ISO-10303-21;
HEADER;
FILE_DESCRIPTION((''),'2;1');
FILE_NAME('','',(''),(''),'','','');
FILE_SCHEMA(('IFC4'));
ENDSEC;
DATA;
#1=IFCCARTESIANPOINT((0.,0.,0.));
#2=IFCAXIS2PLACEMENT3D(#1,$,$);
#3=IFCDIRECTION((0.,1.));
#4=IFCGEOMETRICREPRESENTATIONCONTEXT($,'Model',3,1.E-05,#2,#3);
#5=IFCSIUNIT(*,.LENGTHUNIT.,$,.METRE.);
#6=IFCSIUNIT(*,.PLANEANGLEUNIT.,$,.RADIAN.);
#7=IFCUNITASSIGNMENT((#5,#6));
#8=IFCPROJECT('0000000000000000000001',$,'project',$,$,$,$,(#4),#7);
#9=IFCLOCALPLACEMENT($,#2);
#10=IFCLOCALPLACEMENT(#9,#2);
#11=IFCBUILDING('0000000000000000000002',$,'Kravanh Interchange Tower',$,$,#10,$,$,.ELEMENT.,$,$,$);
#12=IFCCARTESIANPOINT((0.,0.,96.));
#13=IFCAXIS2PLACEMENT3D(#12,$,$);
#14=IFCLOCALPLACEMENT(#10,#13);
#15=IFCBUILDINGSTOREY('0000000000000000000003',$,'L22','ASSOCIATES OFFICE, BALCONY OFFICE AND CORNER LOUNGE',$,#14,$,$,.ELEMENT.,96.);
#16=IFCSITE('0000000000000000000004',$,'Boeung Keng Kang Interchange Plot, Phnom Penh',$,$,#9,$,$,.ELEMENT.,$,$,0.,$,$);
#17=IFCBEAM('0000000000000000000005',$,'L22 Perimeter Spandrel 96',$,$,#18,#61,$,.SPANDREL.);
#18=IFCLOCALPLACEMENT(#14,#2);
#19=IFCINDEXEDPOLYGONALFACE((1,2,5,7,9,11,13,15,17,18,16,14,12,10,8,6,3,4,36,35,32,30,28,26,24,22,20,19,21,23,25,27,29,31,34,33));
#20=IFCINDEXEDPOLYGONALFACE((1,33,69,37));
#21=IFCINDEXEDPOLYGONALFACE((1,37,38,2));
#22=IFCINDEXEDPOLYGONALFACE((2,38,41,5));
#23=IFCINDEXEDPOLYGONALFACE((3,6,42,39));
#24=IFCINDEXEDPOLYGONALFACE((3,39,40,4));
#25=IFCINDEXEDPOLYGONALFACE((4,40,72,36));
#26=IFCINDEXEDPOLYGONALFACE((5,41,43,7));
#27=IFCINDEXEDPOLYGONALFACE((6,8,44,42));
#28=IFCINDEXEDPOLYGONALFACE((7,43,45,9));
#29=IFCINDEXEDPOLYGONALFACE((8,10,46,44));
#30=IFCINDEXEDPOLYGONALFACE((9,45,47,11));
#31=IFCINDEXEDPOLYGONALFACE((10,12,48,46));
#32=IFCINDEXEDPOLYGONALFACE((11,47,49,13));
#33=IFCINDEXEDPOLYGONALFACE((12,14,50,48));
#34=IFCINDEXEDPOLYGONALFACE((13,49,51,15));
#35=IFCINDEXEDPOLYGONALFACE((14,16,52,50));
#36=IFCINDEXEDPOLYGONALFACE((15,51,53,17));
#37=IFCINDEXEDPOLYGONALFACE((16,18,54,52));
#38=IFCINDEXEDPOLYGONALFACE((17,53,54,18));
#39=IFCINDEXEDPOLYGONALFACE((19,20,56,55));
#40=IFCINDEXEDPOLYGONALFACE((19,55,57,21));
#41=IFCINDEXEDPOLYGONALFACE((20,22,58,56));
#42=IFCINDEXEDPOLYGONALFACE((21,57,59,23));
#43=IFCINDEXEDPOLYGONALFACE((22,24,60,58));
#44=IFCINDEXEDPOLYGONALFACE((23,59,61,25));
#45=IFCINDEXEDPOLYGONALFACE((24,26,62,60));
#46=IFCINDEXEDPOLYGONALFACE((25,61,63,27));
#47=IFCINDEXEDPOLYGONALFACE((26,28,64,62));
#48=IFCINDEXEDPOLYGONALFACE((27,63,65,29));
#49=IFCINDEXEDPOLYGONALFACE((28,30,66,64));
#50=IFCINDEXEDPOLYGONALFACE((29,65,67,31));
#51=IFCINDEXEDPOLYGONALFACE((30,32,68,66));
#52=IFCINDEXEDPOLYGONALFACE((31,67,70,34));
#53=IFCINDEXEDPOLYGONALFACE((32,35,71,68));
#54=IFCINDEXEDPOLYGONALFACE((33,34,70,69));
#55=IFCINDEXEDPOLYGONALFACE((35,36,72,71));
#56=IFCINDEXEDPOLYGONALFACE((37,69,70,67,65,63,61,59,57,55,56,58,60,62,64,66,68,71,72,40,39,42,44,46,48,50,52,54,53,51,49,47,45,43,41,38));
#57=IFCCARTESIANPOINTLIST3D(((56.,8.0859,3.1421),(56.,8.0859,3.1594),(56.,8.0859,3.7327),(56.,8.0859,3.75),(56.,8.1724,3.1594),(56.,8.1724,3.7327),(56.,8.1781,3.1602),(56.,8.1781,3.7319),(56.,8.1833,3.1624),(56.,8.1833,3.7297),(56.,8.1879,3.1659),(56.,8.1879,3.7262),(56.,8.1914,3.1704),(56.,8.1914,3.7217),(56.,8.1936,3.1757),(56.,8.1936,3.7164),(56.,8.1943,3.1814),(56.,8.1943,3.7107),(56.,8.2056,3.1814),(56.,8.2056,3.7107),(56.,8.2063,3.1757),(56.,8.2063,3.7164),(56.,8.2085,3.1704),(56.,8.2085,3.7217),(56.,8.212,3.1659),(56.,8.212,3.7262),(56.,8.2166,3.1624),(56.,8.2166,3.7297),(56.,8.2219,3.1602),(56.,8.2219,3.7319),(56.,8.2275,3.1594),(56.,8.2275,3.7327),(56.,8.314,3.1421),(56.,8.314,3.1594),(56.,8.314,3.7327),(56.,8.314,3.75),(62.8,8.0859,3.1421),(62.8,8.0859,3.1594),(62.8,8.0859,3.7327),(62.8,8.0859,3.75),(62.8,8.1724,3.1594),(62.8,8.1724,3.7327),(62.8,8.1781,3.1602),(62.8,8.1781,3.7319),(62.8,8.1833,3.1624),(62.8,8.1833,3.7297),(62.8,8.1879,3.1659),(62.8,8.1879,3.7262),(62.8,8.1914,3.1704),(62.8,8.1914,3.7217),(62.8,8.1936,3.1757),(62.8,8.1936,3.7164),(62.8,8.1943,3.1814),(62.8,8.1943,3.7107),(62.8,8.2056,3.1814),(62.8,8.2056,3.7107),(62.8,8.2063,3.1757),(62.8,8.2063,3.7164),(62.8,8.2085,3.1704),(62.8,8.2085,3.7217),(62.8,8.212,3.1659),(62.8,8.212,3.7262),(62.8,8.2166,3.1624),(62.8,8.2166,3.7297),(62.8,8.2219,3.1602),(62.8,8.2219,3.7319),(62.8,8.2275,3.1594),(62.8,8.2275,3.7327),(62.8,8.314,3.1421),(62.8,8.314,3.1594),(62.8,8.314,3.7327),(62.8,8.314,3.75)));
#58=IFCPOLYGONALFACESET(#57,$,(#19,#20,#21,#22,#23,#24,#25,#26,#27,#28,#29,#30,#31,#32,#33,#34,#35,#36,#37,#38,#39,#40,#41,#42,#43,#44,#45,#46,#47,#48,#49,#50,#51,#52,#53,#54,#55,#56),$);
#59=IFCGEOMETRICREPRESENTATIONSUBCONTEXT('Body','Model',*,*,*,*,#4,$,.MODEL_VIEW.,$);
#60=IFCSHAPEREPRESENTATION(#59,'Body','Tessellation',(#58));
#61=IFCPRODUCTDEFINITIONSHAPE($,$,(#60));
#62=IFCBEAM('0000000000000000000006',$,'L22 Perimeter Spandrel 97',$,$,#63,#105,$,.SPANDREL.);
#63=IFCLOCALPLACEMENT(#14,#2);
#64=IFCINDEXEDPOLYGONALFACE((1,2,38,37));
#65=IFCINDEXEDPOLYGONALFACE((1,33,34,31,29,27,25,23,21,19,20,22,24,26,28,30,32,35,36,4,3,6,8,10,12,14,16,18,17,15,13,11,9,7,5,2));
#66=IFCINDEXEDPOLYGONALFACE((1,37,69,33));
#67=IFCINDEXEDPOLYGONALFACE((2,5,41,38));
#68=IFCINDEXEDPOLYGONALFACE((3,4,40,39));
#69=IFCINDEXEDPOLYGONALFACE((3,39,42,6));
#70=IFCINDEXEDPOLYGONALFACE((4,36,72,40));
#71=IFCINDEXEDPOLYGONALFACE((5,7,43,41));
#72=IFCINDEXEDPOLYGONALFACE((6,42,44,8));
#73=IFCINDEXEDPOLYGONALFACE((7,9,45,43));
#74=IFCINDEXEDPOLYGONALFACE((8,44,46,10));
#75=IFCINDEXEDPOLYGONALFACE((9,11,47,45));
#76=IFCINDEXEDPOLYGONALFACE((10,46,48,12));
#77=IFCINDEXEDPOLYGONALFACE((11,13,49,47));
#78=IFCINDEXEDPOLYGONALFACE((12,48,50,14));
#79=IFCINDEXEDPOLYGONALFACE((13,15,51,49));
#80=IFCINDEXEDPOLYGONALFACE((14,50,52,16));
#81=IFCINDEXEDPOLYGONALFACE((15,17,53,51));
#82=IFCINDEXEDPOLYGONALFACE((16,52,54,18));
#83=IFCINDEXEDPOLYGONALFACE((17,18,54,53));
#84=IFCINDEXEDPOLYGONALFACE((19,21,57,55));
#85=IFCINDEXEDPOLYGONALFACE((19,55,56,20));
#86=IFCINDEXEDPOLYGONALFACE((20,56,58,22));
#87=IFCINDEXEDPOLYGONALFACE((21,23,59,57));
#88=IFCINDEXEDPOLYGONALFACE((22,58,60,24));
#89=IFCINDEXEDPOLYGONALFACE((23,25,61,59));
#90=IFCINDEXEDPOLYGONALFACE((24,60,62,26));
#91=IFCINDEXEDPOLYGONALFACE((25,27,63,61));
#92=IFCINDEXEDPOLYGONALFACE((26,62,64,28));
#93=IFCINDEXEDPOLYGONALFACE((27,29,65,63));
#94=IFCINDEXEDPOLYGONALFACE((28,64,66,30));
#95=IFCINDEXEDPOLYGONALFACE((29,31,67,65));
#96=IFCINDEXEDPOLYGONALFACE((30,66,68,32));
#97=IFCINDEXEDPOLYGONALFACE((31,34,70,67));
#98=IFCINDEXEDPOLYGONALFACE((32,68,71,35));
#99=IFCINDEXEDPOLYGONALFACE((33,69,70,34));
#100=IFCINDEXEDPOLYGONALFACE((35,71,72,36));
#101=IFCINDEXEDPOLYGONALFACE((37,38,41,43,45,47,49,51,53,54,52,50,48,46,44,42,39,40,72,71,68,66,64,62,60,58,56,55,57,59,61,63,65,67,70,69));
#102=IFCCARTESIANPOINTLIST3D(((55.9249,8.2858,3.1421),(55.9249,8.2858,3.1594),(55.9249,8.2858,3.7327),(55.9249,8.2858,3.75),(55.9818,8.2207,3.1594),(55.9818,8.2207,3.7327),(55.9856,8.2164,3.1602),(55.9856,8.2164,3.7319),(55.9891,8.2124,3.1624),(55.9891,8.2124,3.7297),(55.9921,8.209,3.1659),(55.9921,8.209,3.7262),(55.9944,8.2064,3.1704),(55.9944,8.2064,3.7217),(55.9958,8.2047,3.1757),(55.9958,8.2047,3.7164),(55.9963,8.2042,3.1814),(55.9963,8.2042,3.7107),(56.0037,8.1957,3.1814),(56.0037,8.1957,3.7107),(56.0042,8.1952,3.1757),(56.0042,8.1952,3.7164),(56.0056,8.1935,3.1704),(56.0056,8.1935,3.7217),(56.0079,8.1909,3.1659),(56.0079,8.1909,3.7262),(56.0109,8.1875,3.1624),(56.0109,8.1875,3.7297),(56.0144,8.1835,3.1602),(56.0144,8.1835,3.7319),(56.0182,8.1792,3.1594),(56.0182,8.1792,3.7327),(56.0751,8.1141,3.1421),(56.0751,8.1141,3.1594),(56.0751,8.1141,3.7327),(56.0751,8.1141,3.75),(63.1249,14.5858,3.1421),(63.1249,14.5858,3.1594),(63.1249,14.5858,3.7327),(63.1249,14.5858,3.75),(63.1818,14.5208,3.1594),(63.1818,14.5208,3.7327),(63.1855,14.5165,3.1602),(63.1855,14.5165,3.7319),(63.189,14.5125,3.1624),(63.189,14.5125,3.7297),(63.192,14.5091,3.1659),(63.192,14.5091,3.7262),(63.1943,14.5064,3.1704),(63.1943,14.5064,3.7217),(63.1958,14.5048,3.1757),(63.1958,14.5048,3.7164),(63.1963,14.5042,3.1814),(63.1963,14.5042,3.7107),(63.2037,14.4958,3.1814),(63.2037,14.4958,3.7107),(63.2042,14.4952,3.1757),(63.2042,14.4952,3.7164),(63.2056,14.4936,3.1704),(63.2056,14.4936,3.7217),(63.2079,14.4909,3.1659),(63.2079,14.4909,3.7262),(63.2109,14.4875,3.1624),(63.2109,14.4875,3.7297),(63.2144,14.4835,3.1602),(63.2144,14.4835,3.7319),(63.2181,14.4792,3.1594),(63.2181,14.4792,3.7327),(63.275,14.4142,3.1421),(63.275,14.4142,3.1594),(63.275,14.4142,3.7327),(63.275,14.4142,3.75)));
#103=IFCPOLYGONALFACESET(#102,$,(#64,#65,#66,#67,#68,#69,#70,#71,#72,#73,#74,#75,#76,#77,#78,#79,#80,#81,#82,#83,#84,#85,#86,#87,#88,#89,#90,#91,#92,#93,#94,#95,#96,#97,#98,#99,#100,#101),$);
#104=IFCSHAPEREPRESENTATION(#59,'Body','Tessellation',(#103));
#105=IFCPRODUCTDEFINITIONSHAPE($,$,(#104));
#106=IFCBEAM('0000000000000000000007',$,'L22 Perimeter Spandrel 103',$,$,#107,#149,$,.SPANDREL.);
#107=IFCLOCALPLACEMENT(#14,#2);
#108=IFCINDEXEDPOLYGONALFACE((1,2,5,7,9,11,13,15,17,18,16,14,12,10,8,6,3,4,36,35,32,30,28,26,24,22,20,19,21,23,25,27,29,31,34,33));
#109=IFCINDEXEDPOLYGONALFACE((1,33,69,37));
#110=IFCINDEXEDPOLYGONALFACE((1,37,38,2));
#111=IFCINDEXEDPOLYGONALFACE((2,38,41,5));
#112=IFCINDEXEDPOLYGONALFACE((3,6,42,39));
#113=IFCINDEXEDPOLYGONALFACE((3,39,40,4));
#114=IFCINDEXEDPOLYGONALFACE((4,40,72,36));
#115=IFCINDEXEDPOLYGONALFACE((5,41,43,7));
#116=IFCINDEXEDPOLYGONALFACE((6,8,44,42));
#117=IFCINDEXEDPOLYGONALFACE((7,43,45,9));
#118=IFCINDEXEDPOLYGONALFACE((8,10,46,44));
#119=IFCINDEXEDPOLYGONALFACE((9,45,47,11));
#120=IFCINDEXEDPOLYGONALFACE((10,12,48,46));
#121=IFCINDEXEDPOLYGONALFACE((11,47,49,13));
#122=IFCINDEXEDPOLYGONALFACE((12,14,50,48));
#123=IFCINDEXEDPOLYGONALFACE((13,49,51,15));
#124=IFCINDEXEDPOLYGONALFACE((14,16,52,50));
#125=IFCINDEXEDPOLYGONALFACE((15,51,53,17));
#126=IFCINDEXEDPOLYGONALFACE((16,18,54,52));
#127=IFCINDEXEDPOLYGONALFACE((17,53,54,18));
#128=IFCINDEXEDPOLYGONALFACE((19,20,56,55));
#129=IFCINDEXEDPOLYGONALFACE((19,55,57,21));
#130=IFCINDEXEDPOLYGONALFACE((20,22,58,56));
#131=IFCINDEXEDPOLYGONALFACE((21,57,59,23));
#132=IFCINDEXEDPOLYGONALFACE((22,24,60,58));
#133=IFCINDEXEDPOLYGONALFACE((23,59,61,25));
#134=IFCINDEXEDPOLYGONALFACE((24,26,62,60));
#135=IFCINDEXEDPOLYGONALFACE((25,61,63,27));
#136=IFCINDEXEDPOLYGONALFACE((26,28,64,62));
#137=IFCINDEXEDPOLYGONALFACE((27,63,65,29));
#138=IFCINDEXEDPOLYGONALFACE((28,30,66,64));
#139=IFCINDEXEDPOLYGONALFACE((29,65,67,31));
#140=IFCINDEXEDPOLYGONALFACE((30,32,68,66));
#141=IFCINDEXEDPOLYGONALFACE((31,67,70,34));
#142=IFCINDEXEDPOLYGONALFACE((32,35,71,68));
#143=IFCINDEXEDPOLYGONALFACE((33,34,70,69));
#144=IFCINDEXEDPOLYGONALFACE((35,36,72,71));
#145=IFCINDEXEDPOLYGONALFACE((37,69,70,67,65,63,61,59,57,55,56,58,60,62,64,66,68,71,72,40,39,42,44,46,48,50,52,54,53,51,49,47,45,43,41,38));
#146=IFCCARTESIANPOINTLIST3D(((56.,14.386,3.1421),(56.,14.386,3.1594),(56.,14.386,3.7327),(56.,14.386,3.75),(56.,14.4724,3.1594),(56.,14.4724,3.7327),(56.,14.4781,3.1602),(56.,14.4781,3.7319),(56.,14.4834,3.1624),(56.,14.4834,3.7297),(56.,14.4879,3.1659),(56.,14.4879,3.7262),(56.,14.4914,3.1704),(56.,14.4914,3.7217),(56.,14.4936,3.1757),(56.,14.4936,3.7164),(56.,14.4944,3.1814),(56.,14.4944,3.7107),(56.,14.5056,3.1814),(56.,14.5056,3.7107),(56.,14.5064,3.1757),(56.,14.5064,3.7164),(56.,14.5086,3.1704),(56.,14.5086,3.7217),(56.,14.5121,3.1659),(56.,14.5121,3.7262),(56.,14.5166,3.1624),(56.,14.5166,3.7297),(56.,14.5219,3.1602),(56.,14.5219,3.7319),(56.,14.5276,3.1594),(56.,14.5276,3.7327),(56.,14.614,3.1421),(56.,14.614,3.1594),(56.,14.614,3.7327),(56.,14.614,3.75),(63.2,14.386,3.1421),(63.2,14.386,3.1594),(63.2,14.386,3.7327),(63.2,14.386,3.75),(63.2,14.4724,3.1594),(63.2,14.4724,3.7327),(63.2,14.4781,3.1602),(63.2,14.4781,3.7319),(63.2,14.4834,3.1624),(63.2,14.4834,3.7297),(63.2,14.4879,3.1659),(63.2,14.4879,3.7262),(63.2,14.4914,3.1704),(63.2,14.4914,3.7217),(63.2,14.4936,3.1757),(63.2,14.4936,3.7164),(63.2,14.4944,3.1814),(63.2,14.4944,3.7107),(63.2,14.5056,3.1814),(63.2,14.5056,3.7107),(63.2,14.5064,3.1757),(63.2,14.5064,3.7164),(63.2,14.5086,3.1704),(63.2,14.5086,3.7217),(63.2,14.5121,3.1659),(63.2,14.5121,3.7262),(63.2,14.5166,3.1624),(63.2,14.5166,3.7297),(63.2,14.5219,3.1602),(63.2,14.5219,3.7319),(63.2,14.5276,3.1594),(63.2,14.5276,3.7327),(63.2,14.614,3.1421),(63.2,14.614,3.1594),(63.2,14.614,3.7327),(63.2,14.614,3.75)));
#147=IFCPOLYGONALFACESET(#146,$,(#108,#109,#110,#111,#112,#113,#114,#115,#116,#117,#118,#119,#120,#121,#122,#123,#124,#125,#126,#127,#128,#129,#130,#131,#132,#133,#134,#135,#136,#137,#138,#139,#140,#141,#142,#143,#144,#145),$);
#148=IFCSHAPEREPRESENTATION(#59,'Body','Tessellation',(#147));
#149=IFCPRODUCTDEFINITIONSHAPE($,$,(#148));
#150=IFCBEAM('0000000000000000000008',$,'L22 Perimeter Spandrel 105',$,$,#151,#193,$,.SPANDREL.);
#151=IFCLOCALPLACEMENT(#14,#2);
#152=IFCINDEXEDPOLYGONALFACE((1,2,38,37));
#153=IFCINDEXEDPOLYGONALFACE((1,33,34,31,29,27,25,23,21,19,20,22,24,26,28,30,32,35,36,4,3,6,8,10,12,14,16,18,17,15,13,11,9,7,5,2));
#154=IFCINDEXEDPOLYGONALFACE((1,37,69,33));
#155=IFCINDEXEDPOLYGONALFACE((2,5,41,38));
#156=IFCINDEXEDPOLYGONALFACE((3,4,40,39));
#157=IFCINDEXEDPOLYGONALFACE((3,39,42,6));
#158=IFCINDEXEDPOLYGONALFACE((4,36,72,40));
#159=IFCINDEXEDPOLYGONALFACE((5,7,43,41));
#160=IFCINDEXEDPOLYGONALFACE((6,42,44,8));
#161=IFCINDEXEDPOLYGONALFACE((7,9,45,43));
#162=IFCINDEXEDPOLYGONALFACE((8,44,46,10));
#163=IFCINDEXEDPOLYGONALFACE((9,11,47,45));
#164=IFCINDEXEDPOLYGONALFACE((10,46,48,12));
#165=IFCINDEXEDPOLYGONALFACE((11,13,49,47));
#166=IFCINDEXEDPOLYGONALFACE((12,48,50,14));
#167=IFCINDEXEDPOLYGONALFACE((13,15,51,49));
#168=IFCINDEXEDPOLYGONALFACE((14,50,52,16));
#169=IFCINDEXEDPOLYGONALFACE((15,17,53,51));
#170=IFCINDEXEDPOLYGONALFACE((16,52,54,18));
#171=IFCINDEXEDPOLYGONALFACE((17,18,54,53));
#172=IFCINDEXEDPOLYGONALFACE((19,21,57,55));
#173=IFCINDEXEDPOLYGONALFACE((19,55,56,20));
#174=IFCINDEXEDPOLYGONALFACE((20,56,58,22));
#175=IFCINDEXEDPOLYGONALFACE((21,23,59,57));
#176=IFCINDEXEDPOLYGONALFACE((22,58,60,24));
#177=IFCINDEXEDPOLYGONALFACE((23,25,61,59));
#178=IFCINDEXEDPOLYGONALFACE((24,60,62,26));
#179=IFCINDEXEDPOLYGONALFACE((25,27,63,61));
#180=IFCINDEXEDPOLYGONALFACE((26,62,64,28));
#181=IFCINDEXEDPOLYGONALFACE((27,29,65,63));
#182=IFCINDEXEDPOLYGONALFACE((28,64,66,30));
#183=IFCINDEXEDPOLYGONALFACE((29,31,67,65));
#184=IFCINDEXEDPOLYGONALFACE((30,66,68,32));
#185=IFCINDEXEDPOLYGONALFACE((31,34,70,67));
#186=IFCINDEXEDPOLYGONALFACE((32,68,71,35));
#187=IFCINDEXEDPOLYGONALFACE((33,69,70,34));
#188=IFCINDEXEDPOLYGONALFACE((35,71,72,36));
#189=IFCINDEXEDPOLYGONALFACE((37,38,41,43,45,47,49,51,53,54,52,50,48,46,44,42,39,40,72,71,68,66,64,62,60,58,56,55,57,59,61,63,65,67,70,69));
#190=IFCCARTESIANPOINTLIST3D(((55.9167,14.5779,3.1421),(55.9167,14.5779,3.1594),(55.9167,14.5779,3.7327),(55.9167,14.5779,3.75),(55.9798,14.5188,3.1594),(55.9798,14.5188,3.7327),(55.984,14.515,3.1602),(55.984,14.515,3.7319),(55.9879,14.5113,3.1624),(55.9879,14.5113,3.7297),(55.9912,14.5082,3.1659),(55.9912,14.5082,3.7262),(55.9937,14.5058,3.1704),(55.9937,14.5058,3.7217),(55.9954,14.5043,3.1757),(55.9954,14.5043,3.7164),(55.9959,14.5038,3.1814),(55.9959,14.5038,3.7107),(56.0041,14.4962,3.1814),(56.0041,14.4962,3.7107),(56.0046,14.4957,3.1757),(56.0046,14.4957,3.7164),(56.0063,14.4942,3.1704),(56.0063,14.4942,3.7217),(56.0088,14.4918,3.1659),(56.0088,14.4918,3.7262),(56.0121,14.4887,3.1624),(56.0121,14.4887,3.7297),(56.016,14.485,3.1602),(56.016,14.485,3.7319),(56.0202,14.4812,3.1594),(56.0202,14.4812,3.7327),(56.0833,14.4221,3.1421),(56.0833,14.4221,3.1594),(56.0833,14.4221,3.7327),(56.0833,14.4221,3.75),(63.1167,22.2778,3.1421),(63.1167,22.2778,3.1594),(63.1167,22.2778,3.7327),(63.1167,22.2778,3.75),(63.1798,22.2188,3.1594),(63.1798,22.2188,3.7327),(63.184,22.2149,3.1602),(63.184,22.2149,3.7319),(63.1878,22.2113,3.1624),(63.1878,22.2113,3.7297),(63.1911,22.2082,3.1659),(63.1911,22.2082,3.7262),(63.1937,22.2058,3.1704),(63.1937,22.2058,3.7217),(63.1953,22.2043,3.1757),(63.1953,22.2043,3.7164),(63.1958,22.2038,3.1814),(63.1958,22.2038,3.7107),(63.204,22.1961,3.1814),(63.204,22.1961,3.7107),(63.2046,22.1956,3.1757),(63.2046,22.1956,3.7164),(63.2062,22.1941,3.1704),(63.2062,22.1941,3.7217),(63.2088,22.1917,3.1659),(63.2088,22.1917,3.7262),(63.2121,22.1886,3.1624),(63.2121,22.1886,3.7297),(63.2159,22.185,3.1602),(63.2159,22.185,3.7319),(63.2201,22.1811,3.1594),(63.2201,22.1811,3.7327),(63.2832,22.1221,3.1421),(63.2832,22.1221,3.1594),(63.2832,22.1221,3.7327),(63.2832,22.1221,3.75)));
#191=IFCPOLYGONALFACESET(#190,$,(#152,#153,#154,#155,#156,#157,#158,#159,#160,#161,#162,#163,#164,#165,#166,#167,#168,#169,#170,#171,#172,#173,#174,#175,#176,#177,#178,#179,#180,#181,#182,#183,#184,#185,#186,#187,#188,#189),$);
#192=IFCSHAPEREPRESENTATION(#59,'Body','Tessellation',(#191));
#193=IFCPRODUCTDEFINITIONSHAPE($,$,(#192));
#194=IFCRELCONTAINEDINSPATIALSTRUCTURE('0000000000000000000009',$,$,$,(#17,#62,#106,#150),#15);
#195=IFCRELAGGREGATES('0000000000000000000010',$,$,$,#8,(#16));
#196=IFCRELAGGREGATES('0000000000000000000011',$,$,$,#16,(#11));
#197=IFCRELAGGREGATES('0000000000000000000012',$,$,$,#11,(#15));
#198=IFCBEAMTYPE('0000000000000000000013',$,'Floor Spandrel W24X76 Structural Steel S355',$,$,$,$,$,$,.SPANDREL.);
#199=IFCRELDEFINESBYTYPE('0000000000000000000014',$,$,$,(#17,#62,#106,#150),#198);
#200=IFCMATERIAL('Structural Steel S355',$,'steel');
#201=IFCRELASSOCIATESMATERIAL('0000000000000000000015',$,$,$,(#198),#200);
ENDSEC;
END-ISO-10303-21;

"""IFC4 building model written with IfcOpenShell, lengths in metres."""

from ifc_helpers import new_model, si_unit, direction, frame, origin, origin_2d, place, context, subcontext, project, spatial, i_section, extrude, material, material_profile, profile_set, type_object, element, save


model = new_model("IFC4")

# Units and contexts
model_context = context("Model", 3, precision=1e-05, world=origin(), true_north=direction((0.0, 1.0)))
body_context = subcontext(model_context, "Body", "Model", "MODEL_VIEW")
ifc_project = project(units=[si_unit("LENGTHUNIT", "METRE"), si_unit("PLANEANGLEUNIT", "RADIAN")], contexts=[model_context])

# Site, building, storey
site_placement = place(None, origin())
site = spatial("IfcSite", under=ifc_project, at=site_placement, Name="Boeung Keng Kang Interchange Plot, Phnom Penh", CompositionType="ELEMENT", RefElevation=0.0)
building_placement = place(site_placement, origin())
building = spatial("IfcBuilding", under=site, at=building_placement, Name="Kravanh Interchange Tower", CompositionType="ELEMENT")
storey_placement = place(building_placement, frame((0.0, 0.0, 96.0)))
storey = spatial("IfcBuildingStorey", under=building, at=storey_placement, Name="L22", Description="ASSOCIATES OFFICE, BALCONY OFFICE AND CORNER LOUNGE", CompositionType="ELEMENT", Elevation=96.0)

# Beams
ifc_material_1 = material(Name="Structural Steel S355", Category="steel")
ifc_material_profile_1 = material_profile(ifc_material_1, i_section(OverallWidth=0.228, OverallDepth=0.6079, WebThickness=0.0112, FlangeThickness=0.0173, FilletRadius=0.022, at=origin_2d()), Name="W24X76")
ifc_profile_set_1 = profile_set([ifc_material_profile_1], Name="Structural Steel S355")
beam_type_1 = type_object("IfcBeamType", Name="Floor Spandrel W24X76 Structural Steel S355", PredefinedType="SPANDREL", material=ifc_profile_set_1)
beam_1_placement = place(storey_placement, frame((56.0, 8.2, 3.446), z_axis=(1.0, 0.0, 0.0), x_axis=(0.0, 1.0, 0.0)))
element("IfcBeam", 1, at=beam_1_placement, inside=storey, type_object=beam_type_1, Name="L22 Perimeter Spandrel 96", PredefinedType="SPANDREL", context=body_context, shape_type="SweptSolid", body=[
    extrude(i_section(OverallWidth=0.228, OverallDepth=0.6079, WebThickness=0.0112, FlangeThickness=0.0173, FilletRadius=0.022, at=origin_2d()), origin(), (0.0, 0.0, 1.0), 6.8),
])
beam_2_placement = place(storey_placement, frame((56.0, 8.2, 3.446), z_axis=(0.752572, 0.65851, 0.0), x_axis=(-0.65851, 0.752572, 0.0)))
element("IfcBeam", 2, at=beam_2_placement, inside=storey, type_object=beam_type_1, Name="L22 Perimeter Spandrel 97", PredefinedType="SPANDREL", context=body_context, shape_type="SweptSolid", body=[
    extrude(i_section(OverallWidth=0.228, OverallDepth=0.6079, WebThickness=0.0112, FlangeThickness=0.0173, FilletRadius=0.022, at=origin_2d()), origin(), (0.0, 0.0, 1.0), 9.5671),
])
beam_3_placement = place(storey_placement, frame((56.0, 14.5, 3.446), z_axis=(1.0, 0.0, 0.0), x_axis=(0.0, 1.0, 0.0)))
element("IfcBeam", 3, at=beam_3_placement, inside=storey, type_object=beam_type_1, Name="L22 Perimeter Spandrel 103", PredefinedType="SPANDREL", context=body_context, shape_type="SweptSolid", body=[
    extrude(i_section(OverallWidth=0.228, OverallDepth=0.6079, WebThickness=0.0112, FlangeThickness=0.0173, FilletRadius=0.022, at=origin_2d()), origin(), (0.0, 0.0, 1.0), 7.2),
])
beam_4_placement = place(storey_placement, frame((56.0, 14.5, 3.446), z_axis=(0.682994, 0.730424, 0.0), x_axis=(-0.730424, 0.682994, 0.0)))
element("IfcBeam", 4, at=beam_4_placement, inside=storey, type_object=beam_type_1, Name="L22 Perimeter Spandrel 105", PredefinedType="SPANDREL", context=body_context, shape_type="SweptSolid", body=[
    extrude(i_section(OverallWidth=0.228, OverallDepth=0.6079, WebThickness=0.0112, FlangeThickness=0.0173, FilletRadius=0.022, at=origin_2d()), origin(), (0.0, 0.0, 1.0), 10.5417),
])

save(model, "model.ifc")
